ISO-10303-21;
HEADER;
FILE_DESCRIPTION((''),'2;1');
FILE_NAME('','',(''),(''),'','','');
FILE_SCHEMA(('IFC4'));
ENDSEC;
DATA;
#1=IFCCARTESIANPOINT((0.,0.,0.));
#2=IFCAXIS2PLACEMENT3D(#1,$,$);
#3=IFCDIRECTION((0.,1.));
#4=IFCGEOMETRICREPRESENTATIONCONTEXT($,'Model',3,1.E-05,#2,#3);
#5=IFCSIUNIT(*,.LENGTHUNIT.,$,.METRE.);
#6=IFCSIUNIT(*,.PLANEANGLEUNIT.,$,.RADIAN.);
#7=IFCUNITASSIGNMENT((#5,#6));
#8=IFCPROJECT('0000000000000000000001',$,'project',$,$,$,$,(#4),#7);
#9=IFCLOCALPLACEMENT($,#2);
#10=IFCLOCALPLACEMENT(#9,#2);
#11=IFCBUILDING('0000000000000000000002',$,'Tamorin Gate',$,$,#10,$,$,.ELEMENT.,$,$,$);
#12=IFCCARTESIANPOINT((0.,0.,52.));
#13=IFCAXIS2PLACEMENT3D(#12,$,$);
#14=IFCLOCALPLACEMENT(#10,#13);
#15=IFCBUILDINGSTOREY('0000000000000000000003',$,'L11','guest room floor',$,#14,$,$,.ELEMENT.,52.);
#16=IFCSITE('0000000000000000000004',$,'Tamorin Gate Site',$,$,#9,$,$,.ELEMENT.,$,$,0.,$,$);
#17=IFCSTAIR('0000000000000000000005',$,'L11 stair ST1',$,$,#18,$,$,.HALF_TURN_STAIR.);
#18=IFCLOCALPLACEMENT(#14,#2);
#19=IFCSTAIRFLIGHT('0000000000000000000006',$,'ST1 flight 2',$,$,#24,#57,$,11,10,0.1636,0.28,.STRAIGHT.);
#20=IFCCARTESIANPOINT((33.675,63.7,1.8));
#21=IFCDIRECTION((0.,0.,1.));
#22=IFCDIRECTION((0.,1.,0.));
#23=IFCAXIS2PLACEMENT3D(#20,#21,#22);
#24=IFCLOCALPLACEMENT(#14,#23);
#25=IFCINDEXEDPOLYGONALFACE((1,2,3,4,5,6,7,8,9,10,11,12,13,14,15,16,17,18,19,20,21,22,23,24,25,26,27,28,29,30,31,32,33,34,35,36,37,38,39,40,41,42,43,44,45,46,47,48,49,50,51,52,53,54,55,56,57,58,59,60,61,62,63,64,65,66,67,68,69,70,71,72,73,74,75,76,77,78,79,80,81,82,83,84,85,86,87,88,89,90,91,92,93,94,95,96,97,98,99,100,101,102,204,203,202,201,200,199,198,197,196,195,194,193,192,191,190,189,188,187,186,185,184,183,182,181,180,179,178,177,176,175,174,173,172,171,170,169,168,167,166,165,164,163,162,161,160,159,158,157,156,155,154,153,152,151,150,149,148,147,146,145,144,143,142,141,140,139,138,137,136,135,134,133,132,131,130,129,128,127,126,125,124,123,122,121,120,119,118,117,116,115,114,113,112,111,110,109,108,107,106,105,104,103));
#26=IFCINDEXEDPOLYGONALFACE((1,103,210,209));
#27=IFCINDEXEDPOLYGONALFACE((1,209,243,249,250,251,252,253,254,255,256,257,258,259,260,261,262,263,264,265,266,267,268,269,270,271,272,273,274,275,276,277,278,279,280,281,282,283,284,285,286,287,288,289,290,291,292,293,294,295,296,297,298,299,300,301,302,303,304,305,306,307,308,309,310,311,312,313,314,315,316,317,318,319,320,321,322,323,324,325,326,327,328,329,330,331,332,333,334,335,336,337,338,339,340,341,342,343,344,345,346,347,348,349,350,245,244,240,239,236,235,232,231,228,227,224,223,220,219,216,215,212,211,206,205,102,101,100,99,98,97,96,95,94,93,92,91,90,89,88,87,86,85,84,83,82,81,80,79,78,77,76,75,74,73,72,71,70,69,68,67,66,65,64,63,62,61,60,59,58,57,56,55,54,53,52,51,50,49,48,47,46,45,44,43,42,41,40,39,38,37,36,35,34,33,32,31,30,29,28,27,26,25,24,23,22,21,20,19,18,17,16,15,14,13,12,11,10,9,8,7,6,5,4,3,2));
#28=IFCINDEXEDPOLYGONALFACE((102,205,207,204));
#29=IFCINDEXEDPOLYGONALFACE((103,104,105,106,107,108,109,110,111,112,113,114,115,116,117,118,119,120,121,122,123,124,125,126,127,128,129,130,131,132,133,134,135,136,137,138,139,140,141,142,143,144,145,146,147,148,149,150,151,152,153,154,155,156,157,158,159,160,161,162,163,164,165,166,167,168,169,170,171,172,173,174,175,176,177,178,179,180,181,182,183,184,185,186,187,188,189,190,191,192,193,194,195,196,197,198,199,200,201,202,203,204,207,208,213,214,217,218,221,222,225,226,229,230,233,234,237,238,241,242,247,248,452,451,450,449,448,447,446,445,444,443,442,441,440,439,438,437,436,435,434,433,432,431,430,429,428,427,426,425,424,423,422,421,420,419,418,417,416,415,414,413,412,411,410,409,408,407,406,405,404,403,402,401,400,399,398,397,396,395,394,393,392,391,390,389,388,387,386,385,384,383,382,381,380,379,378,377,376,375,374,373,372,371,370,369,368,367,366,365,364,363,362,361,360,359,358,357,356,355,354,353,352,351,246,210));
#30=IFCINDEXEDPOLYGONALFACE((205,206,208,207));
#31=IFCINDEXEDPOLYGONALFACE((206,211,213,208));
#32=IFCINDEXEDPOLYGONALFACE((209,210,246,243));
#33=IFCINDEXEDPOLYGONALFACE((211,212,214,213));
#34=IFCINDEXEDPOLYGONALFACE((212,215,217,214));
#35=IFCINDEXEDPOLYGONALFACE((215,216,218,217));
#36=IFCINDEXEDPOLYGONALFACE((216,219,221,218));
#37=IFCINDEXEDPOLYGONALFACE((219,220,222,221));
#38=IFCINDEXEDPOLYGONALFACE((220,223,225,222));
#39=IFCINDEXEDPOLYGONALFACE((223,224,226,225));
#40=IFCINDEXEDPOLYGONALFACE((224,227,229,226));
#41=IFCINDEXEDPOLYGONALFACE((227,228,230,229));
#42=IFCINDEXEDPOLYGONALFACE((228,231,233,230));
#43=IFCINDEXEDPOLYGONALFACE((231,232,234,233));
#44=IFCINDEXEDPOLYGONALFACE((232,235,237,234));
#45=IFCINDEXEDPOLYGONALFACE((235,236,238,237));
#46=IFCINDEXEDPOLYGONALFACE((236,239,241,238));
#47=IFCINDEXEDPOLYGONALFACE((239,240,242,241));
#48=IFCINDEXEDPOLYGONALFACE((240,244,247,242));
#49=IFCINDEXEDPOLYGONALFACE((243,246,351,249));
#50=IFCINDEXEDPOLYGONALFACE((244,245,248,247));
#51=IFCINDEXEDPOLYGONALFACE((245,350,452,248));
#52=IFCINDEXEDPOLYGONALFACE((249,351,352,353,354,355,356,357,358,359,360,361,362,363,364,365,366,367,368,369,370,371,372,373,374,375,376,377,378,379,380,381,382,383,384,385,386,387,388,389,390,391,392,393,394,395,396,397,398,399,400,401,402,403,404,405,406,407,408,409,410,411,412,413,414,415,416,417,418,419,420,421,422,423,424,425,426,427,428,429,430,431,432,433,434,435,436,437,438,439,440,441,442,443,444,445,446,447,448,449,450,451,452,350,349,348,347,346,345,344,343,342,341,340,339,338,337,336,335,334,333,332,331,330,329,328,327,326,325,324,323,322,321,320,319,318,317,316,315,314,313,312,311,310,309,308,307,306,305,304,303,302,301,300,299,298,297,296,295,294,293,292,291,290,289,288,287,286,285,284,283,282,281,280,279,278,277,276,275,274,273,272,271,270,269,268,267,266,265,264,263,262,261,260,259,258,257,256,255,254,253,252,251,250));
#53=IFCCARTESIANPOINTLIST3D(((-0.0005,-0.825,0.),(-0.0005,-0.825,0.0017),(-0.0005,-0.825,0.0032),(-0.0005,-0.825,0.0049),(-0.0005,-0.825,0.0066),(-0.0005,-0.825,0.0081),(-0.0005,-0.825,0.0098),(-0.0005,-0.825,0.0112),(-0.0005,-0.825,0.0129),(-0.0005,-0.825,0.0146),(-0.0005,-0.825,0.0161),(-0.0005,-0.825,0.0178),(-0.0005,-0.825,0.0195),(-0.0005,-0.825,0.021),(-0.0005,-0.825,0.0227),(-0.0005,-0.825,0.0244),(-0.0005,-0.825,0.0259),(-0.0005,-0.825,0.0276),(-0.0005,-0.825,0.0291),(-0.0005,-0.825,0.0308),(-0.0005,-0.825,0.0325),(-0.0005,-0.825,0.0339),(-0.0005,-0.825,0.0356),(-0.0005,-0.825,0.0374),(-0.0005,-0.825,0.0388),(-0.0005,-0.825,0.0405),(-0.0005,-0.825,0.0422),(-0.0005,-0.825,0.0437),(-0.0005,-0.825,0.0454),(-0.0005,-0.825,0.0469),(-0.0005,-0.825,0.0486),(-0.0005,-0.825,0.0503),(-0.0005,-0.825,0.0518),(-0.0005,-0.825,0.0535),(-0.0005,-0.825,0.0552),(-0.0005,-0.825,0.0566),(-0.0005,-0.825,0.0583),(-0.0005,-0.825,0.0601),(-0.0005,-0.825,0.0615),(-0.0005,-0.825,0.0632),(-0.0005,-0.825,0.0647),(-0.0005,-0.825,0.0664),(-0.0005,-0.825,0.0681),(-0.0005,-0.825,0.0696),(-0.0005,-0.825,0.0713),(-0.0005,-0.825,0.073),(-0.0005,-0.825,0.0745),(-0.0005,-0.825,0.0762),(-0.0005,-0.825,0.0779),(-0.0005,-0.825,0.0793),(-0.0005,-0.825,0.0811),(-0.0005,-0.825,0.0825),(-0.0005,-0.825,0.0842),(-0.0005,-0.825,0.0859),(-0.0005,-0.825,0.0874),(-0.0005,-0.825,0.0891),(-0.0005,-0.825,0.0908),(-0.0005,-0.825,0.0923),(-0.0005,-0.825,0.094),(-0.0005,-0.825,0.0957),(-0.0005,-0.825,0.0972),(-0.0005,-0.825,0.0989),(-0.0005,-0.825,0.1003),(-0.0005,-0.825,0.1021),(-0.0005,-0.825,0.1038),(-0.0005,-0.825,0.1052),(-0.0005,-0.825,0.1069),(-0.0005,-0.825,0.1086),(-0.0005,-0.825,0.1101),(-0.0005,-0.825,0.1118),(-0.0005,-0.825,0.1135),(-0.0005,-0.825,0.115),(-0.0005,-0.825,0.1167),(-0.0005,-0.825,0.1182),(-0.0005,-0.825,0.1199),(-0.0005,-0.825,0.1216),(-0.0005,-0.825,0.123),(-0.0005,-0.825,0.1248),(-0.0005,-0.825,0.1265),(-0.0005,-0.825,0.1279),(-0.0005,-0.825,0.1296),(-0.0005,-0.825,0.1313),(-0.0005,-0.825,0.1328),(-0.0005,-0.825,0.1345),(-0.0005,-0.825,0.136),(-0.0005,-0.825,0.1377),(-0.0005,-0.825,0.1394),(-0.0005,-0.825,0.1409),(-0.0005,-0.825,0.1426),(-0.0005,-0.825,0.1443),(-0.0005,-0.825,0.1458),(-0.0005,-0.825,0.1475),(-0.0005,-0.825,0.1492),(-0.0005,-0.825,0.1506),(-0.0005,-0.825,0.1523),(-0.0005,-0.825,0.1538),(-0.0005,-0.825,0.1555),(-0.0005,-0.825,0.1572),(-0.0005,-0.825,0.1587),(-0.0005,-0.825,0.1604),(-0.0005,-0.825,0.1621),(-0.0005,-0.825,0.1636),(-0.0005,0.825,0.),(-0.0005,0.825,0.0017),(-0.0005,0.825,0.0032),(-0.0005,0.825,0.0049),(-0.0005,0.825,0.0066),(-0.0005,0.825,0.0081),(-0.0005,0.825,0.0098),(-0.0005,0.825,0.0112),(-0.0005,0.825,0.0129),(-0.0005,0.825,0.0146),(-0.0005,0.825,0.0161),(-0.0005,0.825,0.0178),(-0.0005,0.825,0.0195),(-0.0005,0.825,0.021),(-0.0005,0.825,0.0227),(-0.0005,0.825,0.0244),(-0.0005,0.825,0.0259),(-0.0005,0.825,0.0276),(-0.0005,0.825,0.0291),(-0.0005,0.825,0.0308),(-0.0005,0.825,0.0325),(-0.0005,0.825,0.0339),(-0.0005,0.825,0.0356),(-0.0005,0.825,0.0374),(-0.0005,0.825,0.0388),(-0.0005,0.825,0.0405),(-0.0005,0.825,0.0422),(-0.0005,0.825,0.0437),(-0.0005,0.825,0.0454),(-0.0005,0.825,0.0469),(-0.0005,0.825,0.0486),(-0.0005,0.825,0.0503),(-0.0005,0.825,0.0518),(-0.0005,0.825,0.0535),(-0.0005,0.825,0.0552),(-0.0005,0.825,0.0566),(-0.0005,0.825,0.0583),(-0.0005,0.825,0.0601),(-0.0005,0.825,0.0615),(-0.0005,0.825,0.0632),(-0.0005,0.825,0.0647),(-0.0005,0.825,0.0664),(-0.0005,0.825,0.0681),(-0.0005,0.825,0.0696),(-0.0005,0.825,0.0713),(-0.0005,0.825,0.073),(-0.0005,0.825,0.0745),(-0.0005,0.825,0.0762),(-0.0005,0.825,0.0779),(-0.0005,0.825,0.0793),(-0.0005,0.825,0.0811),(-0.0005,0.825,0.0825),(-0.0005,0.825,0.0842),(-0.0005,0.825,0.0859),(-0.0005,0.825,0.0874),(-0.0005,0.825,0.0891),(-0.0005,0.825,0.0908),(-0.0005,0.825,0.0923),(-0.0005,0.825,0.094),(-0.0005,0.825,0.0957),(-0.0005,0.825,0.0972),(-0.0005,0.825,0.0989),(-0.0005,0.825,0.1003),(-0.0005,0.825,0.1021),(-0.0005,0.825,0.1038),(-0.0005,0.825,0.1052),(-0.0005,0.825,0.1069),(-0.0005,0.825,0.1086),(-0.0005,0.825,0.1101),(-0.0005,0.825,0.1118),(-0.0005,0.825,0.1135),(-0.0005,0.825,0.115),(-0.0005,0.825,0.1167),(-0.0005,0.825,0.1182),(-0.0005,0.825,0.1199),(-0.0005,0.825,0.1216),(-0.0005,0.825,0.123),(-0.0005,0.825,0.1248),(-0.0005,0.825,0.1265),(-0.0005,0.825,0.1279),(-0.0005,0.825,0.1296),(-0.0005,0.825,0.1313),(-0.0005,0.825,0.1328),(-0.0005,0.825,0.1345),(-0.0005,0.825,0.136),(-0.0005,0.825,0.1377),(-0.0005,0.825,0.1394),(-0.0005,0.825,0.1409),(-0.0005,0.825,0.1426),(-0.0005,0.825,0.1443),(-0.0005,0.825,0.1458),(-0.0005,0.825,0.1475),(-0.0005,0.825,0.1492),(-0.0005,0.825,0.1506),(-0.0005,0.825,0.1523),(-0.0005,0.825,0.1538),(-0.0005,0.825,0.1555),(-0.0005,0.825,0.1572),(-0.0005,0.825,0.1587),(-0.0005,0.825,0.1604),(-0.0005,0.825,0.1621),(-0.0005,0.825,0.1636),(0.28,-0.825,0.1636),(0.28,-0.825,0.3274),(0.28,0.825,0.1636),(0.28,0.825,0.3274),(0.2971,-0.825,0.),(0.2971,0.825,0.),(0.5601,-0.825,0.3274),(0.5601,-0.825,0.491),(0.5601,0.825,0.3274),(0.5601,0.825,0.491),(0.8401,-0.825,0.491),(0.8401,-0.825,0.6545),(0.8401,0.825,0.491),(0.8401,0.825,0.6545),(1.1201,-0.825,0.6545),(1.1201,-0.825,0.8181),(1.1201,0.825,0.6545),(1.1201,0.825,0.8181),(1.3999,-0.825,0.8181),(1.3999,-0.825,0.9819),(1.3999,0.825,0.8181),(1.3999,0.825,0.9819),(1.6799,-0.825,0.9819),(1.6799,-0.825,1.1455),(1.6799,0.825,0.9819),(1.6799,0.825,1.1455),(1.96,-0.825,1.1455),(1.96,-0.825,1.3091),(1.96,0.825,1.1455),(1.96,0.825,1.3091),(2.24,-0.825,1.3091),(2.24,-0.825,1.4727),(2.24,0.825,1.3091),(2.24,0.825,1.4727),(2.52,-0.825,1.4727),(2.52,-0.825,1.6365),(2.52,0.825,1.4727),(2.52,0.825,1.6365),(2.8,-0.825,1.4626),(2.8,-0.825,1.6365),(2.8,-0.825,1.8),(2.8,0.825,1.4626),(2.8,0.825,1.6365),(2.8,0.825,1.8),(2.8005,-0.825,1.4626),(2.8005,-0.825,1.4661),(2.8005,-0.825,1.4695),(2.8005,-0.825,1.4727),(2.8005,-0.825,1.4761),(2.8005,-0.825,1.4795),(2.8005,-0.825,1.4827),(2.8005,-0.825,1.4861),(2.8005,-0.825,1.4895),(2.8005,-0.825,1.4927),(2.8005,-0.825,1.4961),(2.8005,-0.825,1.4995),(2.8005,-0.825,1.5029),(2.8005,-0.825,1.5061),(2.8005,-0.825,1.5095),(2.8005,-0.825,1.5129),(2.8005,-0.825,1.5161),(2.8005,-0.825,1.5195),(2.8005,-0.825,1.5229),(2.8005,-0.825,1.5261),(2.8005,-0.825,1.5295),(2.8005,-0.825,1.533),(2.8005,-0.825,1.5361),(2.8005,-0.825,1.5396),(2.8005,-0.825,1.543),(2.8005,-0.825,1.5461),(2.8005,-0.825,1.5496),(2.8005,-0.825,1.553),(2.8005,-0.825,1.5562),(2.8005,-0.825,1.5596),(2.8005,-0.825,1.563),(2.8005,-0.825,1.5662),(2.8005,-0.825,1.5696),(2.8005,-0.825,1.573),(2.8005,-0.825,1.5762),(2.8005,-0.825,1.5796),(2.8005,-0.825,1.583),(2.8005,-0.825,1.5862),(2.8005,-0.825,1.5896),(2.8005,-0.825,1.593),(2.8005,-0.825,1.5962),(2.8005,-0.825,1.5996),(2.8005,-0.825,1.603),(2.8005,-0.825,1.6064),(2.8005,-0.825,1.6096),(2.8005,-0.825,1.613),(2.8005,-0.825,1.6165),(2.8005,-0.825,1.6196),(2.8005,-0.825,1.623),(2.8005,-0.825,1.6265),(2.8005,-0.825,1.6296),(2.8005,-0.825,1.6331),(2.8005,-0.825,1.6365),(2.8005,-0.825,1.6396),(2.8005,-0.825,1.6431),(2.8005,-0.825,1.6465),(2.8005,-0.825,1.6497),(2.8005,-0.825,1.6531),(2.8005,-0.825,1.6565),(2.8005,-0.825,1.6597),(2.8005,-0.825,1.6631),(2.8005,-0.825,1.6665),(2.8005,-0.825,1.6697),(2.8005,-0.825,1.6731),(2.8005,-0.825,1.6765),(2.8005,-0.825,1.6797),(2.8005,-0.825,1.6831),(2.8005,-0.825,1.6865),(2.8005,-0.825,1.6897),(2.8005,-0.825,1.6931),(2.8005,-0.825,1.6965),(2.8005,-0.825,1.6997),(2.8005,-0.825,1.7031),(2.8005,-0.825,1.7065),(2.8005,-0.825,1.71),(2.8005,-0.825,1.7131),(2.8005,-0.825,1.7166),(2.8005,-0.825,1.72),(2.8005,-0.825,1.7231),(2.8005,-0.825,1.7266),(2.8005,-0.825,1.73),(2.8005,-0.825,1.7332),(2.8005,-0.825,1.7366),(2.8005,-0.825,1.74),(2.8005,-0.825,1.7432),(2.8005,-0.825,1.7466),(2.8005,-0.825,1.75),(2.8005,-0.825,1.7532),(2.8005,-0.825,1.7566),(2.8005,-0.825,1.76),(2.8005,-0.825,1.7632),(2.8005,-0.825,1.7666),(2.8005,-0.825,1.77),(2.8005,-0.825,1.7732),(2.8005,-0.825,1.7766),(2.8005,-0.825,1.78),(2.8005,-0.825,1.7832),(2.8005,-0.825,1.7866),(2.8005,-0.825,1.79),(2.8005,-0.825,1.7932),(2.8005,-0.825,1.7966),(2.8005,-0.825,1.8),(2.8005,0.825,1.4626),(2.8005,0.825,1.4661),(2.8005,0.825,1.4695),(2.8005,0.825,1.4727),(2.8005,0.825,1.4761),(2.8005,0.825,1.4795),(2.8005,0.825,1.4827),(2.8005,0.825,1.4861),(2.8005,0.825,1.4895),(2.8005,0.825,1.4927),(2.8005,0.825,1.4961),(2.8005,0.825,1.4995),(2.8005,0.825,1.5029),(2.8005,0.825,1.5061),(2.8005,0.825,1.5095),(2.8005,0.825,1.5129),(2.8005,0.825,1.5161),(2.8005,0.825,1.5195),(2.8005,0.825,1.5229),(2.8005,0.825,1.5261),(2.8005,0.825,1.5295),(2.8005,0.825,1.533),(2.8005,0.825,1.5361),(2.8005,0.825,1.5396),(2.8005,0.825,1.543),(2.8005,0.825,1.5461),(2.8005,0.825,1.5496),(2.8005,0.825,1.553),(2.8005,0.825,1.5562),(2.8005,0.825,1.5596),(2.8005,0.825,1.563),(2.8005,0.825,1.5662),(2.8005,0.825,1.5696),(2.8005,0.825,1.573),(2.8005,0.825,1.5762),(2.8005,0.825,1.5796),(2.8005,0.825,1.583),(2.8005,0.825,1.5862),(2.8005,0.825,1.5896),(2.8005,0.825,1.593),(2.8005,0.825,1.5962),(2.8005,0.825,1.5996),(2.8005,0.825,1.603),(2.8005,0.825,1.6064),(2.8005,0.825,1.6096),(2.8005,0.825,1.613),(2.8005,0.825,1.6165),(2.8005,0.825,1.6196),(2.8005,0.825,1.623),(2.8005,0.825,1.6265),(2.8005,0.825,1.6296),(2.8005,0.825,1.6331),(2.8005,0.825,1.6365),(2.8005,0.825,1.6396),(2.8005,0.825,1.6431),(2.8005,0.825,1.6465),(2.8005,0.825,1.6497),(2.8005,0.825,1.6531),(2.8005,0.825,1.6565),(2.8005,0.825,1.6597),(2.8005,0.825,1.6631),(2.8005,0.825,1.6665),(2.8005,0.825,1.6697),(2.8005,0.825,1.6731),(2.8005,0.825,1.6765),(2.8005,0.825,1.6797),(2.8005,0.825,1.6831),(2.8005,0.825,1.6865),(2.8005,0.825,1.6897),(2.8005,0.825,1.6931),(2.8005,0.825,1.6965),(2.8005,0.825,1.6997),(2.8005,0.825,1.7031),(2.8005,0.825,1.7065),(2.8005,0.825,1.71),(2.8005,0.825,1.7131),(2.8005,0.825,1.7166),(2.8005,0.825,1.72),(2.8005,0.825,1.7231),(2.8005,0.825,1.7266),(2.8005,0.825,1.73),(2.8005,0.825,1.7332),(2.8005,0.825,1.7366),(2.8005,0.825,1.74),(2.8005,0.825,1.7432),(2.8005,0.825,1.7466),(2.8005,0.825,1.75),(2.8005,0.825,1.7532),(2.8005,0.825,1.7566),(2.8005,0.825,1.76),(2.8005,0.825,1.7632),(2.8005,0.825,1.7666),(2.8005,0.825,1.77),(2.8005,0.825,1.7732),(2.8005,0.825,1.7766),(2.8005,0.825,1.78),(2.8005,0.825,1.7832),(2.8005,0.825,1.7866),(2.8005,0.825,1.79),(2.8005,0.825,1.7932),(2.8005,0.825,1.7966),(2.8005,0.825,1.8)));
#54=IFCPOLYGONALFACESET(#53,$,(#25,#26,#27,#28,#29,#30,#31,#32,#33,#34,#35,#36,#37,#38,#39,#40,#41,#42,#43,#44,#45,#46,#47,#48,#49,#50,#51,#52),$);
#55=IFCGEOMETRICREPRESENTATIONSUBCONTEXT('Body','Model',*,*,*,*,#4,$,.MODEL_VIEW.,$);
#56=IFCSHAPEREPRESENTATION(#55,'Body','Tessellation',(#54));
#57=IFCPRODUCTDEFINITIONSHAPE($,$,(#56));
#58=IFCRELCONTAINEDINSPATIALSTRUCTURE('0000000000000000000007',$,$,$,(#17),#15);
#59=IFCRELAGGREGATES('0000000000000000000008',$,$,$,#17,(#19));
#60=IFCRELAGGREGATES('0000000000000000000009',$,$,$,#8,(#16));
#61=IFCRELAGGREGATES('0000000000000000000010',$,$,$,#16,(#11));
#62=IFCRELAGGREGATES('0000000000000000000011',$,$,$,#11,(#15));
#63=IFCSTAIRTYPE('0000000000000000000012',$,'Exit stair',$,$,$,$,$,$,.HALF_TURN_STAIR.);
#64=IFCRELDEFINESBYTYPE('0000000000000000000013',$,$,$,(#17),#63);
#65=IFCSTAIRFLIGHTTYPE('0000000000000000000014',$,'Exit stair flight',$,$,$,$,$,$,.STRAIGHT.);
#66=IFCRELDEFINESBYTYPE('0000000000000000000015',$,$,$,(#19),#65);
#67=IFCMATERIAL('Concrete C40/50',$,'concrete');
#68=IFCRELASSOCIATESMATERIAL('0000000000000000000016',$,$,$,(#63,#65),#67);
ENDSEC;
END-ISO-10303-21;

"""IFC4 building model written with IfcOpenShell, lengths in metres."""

from ifc_helpers import new_model, si_unit, direction, frame, origin, place, context, subcontext, project, spatial, polyline, outline, extrude, material, type_object, element, aggregate, save


model = new_model("IFC4")

# Units and contexts
model_context = context("Model", 3, precision=1e-05, world=origin(), true_north=direction((0.0, 1.0)))
body_context = subcontext(model_context, "Body", "Model", "MODEL_VIEW")
ifc_project = project(units=[si_unit("LENGTHUNIT", "METRE"), si_unit("PLANEANGLEUNIT", "RADIAN")], contexts=[model_context])

# Site, building, storey
site_placement = place(None, origin())
site = spatial("IfcSite", under=ifc_project, at=site_placement, Name="Tamorin Gate Site", CompositionType="ELEMENT", RefElevation=0.0)
building_placement = place(site_placement, origin())
building = spatial("IfcBuilding", under=site, at=building_placement, Name="Tamorin Gate", CompositionType="ELEMENT")
storey_placement = place(building_placement, frame((0.0, 0.0, 52.0)))
storey = spatial("IfcBuildingStorey", under=building, at=storey_placement, Name="L11", Description="guest room floor", CompositionType="ELEMENT", Elevation=52.0)

# Shared definitions
ifc_material_1 = material(Name="Concrete C40/50", Category="concrete")

# Stair, stair flight
stair_type = type_object("IfcStairType", Name="Exit stair", PredefinedType="HALF_TURN_STAIR", material=ifc_material_1)
stair_placement = place(storey_placement, origin())
stair = element("IfcStair", 1, at=stair_placement, inside=storey, type_object=stair_type, Name="L11 stair ST1", PredefinedType="HALF_TURN_STAIR")
stair_flight_type = type_object("IfcStairFlightType", Name="Exit stair flight", PredefinedType="STRAIGHT", material=ifc_material_1)
stair_flight_1_placement = place(storey_placement, frame((33.675, 63.7, 1.8), z_axis=(0.0, 0.0, 1.0), x_axis=(0.0, 1.0, 0.0)))
stair_flight_1 = element("IfcStairFlight", 2, at=stair_flight_1_placement, type_object=stair_flight_type, Name="ST1 flight 2", NumberOfRisers=11, NumberOfTreads=10, PredefinedType="STRAIGHT", RiserHeight=0.1636, TreadLength=0.28, context=body_context, shape_type="SweptSolid", body=[
    extrude(outline(polyline([(-0.0005, 0.0), (-0.0005, 0.0017), (-0.0005, 0.0032), (-0.0005, 0.0049), (-0.0005, 0.0066), (-0.0005, 0.0081), (-0.0005, 0.0098), (-0.0005, 0.0112), (-0.0005, 0.0129), (-0.0005, 0.0146), (-0.0005, 0.0161), (-0.0005, 0.0178), (-0.0005, 0.0195), (-0.0005, 0.021), (-0.0005, 0.0227), (-0.0005, 0.0244), (-0.0005, 0.0259), (-0.0005, 0.0276), (-0.0005, 0.0291), (-0.0005, 0.0308), (-0.0005, 0.0325), (-0.0005, 0.0339), (-0.0005, 0.0356), (-0.0005, 0.0374), (-0.0005, 0.0388), (-0.0005, 0.0405), (-0.0005, 0.0422), (-0.0005, 0.0437), (-0.0005, 0.0454), (-0.0005, 0.0469), (-0.0005, 0.0486), (-0.0005, 0.0503), (-0.0005, 0.0518), (-0.0005, 0.0535), (-0.0005, 0.0552), (-0.0005, 0.0566), (-0.0005, 0.0583), (-0.0005, 0.0601), (-0.0005, 0.0615), (-0.0005, 0.0632), (-0.0005, 0.0647), (-0.0005, 0.0664), (-0.0005, 0.0681), (-0.0005, 0.0696), (-0.0005, 0.0713), (-0.0005, 0.073), (-0.0005, 0.0745), (-0.0005, 0.0762), (-0.0005, 0.0779), (-0.0005, 0.0793), (-0.0005, 0.0811), (-0.0005, 0.0825), (-0.0005, 0.0842), (-0.0005, 0.0859), (-0.0005, 0.0874), (-0.0005, 0.0891), (-0.0005, 0.0908), (-0.0005, 0.0923), (-0.0005, 0.094), (-0.0005, 0.0957), (-0.0005, 0.0972), (-0.0005, 0.0989), (-0.0005, 0.1003), (-0.0005, 0.1021), (-0.0005, 0.1038), (-0.0005, 0.1052), (-0.0005, 0.1069), (-0.0005, 0.1086), (-0.0005, 0.1101), (-0.0005, 0.1118), (-0.0005, 0.1135), (-0.0005, 0.115), (-0.0005, 0.1167), (-0.0005, 0.1182), (-0.0005, 0.1199), (-0.0005, 0.1216), (-0.0005, 0.123), (-0.0005, 0.1248), (-0.0005, 0.1265), (-0.0005, 0.1279), (-0.0005, 0.1296), (-0.0005, 0.1313), (-0.0005, 0.1328), (-0.0005, 0.1345), (-0.0005, 0.136), (-0.0005, 0.1377), (-0.0005, 0.1394), (-0.0005, 0.1409), (-0.0005, 0.1426), (-0.0005, 0.1443), (-0.0005, 0.1458), (-0.0005, 0.1475), (-0.0005, 0.1492), (-0.0005, 0.1506), (-0.0005, 0.1523), (-0.0005, 0.1538), (-0.0005, 0.1555), (-0.0005, 0.1572), (-0.0005, 0.1587), (-0.0005, 0.1604), (-0.0005, 0.1621), (-0.0005, 0.1636), (0.28, 0.1636), (0.28, 0.3274), (0.5601, 0.3274), (0.5601, 0.491), (0.8401, 0.491), (0.8401, 0.6545), (1.1201, 0.6545), (1.1201, 0.8181), (1.3999, 0.8181), (1.3999, 0.9819), (1.6799, 0.9819), (1.6799, 1.1455), (1.96, 1.1455), (1.96, 1.3091), (2.24, 1.3091), (2.24, 1.4727), (2.52, 1.4727), (2.52, 1.6365), (2.8, 1.6365), (2.8, 1.8), (2.8005, 1.8), (2.8005, 1.7966), (2.8005, 1.7932), (2.8005, 1.79), (2.8005, 1.7866), (2.8005, 1.7832), (2.8005, 1.78), (2.8005, 1.7766), (2.8005, 1.7732), (2.8005, 1.77), (2.8005, 1.7666), (2.8005, 1.7632), (2.8005, 1.76), (2.8005, 1.7566), (2.8005, 1.7532), (2.8005, 1.75), (2.8005, 1.7466), (2.8005, 1.7432), (2.8005, 1.74), (2.8005, 1.7366), (2.8005, 1.7332), (2.8005, 1.73), (2.8005, 1.7266), (2.8005, 1.7231), (2.8005, 1.72), (2.8005, 1.7166), (2.8005, 1.7131), (2.8005, 1.71), (2.8005, 1.7065), (2.8005, 1.7031), (2.8005, 1.6997), (2.8005, 1.6965), (2.8005, 1.6931), (2.8005, 1.6897), (2.8005, 1.6865), (2.8005, 1.6831), (2.8005, 1.6797), (2.8005, 1.6765), (2.8005, 1.6731), (2.8005, 1.6697), (2.8005, 1.6665), (2.8005, 1.6631), (2.8005, 1.6597), (2.8005, 1.6565), (2.8005, 1.6531), (2.8005, 1.6497), (2.8005, 1.6465), (2.8005, 1.6431), (2.8005, 1.6396), (2.8005, 1.6365), (2.8005, 1.6331), (2.8005, 1.6296), (2.8005, 1.6265), (2.8005, 1.623), (2.8005, 1.6196), (2.8005, 1.6165), (2.8005, 1.613), (2.8005, 1.6096), (2.8005, 1.6064), (2.8005, 1.603), (2.8005, 1.5996), (2.8005, 1.5962), (2.8005, 1.593), (2.8005, 1.5896), (2.8005, 1.5862), (2.8005, 1.583), (2.8005, 1.5796), (2.8005, 1.5762), (2.8005, 1.573), (2.8005, 1.5696), (2.8005, 1.5662), (2.8005, 1.563), (2.8005, 1.5596), (2.8005, 1.5562), (2.8005, 1.553), (2.8005, 1.5496), (2.8005, 1.5461), (2.8005, 1.543), (2.8005, 1.5396), (2.8005, 1.5361), (2.8005, 1.533), (2.8005, 1.5295), (2.8005, 1.5261), (2.8005, 1.5229), (2.8005, 1.5195), (2.8005, 1.5161), (2.8005, 1.5129), (2.8005, 1.5095), (2.8005, 1.5061), (2.8005, 1.5029), (2.8005, 1.4995), (2.8005, 1.4961), (2.8005, 1.4927), (2.8005, 1.4895), (2.8005, 1.4861), (2.8005, 1.4827), (2.8005, 1.4795), (2.8005, 1.4761), (2.8005, 1.4727), (2.8005, 1.4695), (2.8005, 1.4661), (2.8005, 1.4626), (2.8, 1.4626), (0.2971, 0.0), (-0.0005, 0.0)])), frame((0.0, 0.825, 0.0), z_axis=(0.0, -1.0, 0.0), x_axis=(1.0, 0.0, 0.0)), (0.0, 0.0, 1.0), 1.6499),
])
aggregate(stair, [stair_flight_1])

save(model, "model.ifc")
